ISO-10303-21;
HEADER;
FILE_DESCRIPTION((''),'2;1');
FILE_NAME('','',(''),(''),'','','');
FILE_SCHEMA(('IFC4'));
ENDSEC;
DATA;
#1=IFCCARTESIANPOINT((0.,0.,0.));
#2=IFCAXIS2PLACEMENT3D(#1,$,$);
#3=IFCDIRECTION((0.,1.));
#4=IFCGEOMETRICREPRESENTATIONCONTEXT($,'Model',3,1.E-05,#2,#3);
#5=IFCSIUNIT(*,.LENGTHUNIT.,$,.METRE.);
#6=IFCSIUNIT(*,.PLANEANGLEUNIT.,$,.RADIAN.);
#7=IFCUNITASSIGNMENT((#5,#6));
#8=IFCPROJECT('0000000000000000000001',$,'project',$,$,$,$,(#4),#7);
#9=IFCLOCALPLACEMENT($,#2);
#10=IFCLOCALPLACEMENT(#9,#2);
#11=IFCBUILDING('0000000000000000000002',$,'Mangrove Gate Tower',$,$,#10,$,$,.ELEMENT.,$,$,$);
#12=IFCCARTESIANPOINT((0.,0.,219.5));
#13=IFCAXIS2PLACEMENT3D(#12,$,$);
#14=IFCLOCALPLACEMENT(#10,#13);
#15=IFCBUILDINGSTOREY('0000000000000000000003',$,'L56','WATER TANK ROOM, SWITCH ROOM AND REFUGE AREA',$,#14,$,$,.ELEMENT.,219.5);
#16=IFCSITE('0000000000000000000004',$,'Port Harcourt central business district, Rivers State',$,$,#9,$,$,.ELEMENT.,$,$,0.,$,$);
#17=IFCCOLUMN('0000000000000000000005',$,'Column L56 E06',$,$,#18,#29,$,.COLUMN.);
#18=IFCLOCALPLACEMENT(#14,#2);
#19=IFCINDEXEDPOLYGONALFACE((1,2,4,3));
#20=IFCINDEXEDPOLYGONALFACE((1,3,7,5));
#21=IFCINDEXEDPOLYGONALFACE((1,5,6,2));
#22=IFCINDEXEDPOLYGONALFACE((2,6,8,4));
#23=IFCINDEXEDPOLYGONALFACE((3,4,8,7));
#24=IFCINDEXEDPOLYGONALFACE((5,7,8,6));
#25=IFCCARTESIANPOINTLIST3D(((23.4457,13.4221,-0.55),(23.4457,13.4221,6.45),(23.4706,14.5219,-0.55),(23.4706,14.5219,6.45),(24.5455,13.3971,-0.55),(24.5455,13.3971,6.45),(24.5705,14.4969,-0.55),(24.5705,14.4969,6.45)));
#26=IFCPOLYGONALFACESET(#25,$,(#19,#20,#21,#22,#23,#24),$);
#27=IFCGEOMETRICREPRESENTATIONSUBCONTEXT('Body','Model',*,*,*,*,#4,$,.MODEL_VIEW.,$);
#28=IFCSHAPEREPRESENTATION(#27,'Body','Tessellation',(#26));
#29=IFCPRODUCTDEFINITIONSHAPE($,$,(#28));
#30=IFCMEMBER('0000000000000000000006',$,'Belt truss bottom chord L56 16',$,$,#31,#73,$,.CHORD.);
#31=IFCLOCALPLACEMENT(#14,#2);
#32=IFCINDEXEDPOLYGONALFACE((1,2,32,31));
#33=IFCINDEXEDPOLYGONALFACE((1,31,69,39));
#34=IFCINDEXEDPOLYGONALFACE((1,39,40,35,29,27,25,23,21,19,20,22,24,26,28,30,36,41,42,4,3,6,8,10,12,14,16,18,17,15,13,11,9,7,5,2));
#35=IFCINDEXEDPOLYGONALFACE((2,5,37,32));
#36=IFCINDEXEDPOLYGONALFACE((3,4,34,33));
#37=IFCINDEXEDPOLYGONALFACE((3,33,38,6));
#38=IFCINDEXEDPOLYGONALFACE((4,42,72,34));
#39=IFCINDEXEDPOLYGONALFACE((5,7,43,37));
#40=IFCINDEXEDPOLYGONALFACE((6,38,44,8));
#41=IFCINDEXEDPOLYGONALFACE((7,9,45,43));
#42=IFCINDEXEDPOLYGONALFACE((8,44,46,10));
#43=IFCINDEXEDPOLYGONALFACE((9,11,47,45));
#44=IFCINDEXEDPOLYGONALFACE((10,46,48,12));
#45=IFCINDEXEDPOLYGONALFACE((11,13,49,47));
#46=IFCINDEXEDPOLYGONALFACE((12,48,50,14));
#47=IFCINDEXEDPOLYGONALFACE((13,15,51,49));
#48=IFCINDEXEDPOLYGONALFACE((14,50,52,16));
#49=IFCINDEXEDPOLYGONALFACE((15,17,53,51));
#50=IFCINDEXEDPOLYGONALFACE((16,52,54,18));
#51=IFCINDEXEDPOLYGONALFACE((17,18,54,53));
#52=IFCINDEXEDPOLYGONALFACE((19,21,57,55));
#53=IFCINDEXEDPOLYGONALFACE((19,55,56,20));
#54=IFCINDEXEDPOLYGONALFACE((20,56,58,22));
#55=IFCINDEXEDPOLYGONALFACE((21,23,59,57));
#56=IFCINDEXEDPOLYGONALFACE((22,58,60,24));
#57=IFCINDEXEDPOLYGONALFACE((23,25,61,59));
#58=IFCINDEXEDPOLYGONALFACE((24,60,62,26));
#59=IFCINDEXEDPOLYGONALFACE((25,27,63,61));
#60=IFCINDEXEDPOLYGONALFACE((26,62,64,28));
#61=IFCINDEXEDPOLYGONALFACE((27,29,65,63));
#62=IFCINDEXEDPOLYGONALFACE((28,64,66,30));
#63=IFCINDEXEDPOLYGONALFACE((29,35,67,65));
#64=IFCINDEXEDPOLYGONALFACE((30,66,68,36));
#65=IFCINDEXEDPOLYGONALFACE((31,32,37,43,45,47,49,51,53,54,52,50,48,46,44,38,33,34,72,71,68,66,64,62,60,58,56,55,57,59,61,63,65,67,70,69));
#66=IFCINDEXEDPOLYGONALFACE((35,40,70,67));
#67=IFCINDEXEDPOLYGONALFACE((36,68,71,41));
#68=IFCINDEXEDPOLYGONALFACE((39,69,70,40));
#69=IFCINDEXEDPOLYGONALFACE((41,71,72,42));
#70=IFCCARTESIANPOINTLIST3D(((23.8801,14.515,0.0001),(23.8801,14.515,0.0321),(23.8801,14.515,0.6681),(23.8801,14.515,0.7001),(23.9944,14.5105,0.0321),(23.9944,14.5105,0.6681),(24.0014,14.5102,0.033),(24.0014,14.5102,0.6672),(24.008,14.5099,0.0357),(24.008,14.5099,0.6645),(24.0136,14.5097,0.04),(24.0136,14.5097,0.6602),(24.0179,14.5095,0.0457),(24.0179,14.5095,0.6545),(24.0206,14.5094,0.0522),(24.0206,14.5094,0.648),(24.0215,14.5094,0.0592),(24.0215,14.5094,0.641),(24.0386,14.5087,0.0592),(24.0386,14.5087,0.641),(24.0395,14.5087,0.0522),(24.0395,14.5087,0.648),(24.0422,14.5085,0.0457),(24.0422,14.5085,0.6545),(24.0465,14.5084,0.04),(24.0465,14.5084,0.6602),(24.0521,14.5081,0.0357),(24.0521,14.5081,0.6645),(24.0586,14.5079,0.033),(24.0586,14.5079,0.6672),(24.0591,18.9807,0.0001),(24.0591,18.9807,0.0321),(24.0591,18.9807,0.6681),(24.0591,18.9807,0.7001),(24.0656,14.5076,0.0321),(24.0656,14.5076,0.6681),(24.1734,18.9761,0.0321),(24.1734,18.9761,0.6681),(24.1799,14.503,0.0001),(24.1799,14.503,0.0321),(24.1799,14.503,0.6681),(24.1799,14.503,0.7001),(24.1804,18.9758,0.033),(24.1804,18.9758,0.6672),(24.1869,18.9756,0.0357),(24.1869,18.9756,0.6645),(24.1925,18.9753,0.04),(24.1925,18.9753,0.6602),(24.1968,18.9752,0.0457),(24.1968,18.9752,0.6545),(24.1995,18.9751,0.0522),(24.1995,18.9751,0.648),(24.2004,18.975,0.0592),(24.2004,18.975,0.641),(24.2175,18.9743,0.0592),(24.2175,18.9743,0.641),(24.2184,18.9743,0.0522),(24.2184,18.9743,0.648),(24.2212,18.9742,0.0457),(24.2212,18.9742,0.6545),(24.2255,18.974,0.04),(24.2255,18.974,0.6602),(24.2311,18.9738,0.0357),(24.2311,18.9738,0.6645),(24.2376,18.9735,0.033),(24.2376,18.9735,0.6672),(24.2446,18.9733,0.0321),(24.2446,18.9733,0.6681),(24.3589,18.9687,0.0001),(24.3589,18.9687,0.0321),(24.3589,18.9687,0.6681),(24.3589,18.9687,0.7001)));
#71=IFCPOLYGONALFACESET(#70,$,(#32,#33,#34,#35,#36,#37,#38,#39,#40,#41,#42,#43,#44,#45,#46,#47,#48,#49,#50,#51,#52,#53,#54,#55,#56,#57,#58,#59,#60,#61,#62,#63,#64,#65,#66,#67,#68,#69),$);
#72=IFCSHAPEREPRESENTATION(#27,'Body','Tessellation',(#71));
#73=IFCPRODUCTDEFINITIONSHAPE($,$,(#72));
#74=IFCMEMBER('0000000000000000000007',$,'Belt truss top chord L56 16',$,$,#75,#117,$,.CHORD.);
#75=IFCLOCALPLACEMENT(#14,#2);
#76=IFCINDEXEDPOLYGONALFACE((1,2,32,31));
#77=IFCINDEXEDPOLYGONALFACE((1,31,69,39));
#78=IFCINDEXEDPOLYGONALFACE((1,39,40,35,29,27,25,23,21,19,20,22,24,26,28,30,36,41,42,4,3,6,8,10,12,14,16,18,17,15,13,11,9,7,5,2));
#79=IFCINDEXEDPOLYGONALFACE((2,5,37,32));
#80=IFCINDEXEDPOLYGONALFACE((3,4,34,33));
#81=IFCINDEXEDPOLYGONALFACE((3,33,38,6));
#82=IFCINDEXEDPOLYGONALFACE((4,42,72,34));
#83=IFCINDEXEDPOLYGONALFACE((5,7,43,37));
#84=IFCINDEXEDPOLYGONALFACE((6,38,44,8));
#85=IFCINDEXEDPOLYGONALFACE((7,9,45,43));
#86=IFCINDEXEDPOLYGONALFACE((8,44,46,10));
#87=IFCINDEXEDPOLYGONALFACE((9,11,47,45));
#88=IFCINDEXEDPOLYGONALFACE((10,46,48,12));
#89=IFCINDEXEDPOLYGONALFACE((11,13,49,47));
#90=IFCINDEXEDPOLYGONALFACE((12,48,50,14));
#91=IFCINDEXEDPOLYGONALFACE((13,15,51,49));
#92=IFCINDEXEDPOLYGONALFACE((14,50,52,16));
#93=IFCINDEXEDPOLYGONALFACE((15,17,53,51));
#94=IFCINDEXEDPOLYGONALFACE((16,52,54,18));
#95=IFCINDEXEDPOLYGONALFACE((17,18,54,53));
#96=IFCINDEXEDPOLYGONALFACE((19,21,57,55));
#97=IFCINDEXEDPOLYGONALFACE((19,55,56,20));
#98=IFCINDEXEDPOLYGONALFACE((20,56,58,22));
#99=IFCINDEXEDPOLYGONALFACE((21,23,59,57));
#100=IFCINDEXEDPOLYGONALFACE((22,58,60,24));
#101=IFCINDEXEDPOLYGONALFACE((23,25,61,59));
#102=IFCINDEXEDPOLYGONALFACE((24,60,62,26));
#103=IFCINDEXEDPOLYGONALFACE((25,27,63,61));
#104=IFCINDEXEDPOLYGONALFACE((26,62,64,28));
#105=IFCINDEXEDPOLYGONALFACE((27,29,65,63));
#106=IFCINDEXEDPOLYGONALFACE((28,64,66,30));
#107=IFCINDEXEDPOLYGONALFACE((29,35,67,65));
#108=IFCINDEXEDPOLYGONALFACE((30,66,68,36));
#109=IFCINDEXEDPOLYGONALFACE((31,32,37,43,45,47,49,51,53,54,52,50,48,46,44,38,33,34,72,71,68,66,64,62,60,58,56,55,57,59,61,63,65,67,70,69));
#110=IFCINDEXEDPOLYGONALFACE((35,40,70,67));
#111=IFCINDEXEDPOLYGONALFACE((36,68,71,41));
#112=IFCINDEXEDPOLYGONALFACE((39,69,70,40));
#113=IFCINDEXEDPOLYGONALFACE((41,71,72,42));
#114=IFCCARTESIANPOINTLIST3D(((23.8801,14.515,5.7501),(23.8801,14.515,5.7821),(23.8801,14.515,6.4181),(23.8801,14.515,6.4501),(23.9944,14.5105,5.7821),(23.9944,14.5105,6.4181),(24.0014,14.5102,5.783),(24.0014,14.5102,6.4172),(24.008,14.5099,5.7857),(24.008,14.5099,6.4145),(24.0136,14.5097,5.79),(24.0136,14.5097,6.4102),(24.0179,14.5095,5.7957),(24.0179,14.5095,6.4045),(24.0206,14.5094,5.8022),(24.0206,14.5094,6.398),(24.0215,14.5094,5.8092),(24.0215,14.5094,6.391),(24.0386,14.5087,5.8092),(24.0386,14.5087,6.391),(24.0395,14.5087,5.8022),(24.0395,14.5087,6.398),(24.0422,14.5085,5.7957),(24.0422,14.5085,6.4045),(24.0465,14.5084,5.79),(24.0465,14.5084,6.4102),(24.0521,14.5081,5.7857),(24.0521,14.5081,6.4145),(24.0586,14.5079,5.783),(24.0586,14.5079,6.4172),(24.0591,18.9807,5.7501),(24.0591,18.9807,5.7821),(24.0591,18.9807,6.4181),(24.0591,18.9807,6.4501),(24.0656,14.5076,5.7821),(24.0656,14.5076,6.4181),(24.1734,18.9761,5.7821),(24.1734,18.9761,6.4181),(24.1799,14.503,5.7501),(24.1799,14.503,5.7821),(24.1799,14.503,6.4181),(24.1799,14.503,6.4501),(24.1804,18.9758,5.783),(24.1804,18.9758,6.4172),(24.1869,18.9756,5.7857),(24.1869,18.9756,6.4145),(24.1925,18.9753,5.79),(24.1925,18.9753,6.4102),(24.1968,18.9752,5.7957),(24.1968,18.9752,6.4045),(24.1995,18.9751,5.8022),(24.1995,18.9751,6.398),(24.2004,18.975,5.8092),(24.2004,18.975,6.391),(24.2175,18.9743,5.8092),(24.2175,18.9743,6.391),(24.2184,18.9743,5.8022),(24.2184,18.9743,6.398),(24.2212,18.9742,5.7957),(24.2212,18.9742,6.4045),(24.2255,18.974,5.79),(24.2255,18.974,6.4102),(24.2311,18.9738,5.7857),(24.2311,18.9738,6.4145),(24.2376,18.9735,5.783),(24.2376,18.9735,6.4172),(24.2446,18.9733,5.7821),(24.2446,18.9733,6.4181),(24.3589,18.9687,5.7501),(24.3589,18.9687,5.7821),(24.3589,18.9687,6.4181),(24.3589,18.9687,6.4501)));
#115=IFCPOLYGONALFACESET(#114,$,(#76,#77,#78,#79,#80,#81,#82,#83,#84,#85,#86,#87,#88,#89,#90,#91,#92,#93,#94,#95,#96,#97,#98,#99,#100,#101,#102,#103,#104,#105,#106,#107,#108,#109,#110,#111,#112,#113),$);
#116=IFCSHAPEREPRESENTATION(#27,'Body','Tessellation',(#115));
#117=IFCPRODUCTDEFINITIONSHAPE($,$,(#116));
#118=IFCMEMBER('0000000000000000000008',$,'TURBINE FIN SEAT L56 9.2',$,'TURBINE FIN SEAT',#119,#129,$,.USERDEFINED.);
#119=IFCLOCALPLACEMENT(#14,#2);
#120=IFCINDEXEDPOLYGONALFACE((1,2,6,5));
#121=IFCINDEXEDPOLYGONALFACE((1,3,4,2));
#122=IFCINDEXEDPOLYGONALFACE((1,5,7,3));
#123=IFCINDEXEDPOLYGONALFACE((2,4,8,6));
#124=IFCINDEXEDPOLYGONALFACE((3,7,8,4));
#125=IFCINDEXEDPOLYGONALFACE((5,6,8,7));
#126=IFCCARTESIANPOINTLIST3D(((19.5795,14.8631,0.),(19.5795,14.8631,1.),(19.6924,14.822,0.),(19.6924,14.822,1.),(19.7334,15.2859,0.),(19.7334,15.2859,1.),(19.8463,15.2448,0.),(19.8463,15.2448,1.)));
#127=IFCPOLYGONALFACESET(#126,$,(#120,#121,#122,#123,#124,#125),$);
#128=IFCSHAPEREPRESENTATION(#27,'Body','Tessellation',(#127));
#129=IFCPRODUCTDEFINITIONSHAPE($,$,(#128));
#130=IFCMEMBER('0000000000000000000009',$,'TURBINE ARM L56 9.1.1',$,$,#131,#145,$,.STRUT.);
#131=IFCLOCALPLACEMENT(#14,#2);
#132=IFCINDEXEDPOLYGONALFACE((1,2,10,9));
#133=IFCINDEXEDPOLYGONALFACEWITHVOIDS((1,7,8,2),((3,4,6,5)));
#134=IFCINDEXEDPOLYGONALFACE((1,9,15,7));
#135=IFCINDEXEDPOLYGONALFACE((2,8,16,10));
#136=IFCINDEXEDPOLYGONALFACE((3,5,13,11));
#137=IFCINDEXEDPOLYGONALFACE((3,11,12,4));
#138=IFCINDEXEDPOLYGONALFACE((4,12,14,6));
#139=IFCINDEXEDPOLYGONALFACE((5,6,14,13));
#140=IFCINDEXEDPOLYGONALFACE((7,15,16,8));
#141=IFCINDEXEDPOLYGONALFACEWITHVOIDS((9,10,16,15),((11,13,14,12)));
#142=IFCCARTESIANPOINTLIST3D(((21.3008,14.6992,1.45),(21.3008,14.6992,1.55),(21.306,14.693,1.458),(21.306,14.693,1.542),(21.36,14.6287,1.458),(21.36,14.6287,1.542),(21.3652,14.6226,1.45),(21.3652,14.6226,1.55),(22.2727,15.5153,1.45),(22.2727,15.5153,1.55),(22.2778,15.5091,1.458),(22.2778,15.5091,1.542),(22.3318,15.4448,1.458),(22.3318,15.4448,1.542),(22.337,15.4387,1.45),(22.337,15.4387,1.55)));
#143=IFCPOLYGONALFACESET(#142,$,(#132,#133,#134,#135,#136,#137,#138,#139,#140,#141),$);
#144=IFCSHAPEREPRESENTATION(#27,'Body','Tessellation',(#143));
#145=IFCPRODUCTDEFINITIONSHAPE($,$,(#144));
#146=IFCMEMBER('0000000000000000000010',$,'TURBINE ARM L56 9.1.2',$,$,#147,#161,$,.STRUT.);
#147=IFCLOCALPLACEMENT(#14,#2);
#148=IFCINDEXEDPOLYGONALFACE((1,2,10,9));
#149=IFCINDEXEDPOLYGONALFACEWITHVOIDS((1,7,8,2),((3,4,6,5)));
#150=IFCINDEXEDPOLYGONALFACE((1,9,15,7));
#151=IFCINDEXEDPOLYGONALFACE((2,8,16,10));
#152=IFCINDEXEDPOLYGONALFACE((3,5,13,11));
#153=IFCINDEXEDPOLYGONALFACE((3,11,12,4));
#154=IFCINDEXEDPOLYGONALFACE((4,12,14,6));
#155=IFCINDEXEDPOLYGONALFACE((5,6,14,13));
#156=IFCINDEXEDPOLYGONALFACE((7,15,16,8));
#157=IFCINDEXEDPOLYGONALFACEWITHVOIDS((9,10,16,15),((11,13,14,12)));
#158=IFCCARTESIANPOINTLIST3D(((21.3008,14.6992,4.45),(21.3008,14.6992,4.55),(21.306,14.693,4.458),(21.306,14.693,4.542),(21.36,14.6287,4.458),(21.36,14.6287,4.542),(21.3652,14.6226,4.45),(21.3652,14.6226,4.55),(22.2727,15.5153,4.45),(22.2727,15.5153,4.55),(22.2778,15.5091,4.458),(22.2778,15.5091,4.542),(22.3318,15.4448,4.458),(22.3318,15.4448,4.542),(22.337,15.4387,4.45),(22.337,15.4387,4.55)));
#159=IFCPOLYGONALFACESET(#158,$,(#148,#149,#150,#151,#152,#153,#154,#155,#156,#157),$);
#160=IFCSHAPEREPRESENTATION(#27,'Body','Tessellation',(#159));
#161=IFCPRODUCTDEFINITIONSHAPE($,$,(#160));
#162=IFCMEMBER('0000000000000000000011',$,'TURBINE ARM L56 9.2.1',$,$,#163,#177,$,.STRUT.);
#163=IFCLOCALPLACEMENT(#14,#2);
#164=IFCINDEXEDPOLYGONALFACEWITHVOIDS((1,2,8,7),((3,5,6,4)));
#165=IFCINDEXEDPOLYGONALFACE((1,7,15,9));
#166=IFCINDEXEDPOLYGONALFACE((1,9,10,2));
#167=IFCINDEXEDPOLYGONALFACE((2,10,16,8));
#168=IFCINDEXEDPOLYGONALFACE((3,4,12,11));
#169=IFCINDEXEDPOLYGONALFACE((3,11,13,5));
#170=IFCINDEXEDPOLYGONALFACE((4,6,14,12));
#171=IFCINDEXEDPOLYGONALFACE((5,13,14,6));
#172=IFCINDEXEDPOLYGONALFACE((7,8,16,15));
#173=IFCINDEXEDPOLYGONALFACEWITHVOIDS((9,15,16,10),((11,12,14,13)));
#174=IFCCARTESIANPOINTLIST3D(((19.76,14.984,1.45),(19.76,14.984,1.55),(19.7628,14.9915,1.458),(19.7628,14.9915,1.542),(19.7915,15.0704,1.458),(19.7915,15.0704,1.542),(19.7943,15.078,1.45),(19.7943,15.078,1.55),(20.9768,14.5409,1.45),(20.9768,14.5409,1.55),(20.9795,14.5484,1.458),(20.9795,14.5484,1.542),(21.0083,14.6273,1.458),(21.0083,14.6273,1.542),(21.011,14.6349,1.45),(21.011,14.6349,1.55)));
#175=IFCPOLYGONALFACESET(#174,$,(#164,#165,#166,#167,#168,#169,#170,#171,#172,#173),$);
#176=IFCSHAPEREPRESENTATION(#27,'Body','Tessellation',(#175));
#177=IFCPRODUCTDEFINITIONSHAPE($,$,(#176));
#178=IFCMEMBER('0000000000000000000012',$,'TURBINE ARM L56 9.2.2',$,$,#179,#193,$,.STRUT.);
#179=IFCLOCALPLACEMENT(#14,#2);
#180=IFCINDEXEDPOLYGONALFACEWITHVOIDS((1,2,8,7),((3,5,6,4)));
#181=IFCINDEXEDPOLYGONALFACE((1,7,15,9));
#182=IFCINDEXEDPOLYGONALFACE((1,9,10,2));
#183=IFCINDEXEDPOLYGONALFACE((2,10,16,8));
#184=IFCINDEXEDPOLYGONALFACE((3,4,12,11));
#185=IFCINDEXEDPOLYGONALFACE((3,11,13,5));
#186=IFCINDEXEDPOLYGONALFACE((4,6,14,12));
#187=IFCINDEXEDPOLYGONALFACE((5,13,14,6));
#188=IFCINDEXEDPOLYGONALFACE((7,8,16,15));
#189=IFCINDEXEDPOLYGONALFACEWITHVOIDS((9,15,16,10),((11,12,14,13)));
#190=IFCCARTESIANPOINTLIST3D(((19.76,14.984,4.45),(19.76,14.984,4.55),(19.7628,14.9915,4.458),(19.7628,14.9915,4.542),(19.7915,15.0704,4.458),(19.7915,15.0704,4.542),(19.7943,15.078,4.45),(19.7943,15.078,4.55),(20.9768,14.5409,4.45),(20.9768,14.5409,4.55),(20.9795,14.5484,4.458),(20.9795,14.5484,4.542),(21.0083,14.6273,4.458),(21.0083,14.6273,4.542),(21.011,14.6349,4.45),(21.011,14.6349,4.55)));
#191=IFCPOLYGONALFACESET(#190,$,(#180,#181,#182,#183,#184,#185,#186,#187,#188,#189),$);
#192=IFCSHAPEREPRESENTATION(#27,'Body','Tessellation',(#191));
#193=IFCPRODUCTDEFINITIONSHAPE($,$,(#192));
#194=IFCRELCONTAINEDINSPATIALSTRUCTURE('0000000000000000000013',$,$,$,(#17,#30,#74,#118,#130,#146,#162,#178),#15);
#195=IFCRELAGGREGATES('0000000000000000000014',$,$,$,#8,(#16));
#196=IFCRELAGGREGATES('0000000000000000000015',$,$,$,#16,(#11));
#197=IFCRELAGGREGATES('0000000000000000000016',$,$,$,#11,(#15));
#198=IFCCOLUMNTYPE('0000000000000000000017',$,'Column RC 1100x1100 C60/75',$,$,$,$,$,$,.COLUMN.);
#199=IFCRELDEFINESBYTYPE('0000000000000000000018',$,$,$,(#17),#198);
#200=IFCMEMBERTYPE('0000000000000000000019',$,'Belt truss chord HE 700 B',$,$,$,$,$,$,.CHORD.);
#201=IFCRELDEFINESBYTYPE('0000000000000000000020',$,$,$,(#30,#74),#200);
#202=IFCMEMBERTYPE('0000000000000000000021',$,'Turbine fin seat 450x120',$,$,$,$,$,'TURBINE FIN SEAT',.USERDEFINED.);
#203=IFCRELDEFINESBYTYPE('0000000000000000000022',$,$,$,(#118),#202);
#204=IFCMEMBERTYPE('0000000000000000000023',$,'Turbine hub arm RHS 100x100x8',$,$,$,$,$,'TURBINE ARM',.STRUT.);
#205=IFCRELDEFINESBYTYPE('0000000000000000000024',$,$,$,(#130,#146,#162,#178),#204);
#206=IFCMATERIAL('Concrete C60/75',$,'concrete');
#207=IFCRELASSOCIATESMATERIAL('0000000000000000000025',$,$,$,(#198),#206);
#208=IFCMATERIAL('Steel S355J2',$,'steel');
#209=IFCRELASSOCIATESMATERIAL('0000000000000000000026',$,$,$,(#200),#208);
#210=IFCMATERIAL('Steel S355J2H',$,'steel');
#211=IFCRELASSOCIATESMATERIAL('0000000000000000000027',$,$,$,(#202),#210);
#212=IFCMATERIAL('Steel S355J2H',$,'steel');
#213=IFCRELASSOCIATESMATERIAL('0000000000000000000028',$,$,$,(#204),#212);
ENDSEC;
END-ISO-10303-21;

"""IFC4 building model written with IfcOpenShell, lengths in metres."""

from ifc_helpers import new_model, si_unit, direction, frame, origin, origin_2d, place, context, subcontext, project, spatial, rectangle, hollow_rectangle, i_section, extrude, material, material_profile, profile_set, type_object, element, save


model = new_model("IFC4")

# Units and contexts
model_context = context("Model", 3, precision=1e-05, world=origin(), true_north=direction((0.0, 1.0)))
body_context = subcontext(model_context, "Body", "Model", "MODEL_VIEW")
ifc_project = project(units=[si_unit("LENGTHUNIT", "METRE"), si_unit("PLANEANGLEUNIT", "RADIAN")], contexts=[model_context])

# Site, building, storey
site_placement = place(None, origin())
site = spatial("IfcSite", under=ifc_project, at=site_placement, Name="Port Harcourt central business district, Rivers State", CompositionType="ELEMENT", RefElevation=0.0)
building_placement = place(site_placement, origin())
building = spatial("IfcBuilding", under=site, at=building_placement, Name="Mangrove Gate Tower", CompositionType="ELEMENT")
storey_placement = place(building_placement, frame((0.0, 0.0, 219.5)))
storey = spatial("IfcBuildingStorey", under=building, at=storey_placement, Name="L56", Description="WATER TANK ROOM, SWITCH ROOM AND REFUGE AREA", CompositionType="ELEMENT", Elevation=219.5)

# Column
ifc_material_1 = material(Name="Concrete C60/75", Category="concrete")
ifc_material_profile_1 = material_profile(ifc_material_1, rectangle(XDim=1.1001, YDim=1.1001, at=origin_2d()))
ifc_profile_set_1 = profile_set([ifc_material_profile_1], Name="Concrete C60/75")
column_type = type_object("IfcColumnType", Name="Column RC 1100x1100 C60/75", PredefinedType="COLUMN", material=ifc_profile_set_1)
column_placement = place(storey_placement, frame((24.0081, 13.9595, -0.55), z_axis=(0.0, 0.0, 1.0), x_axis=(0.022704, 0.999742, 0.0)))
element("IfcColumn", 1, at=column_placement, inside=storey, type_object=column_type, Name="Column L56 E06", PredefinedType="COLUMN", context=body_context, shape_type="SweptSolid", body=[
    extrude(rectangle(XDim=1.1001, YDim=1.1001, at=origin_2d()), origin(), (0.0, 0.0, 1.0), 7.0),
])

# Members
ifc_material_2 = material(Name="Steel S355J2", Category="steel")
ifc_material_profile_2 = material_profile(ifc_material_2, i_section(OverallWidth=0.3, OverallDepth=0.7, WebThickness=0.0171, FlangeThickness=0.032, FilletRadius=0.0271, at=origin_2d()))
ifc_profile_set_2 = profile_set([ifc_material_profile_2], Name="Steel S355J2")
member_type_1 = type_object("IfcMemberType", Name="Belt truss chord HE 700 B", PredefinedType="CHORD", material=ifc_profile_set_2)
for number, where, z_axis, x_axis, name in (
    (2, (24.03, 14.509, 0.3501), (0.040042, 0.999198, 0.0), (-0.999198, 0.040042, 0.0), "Belt truss bottom chord L56 16"),
    (3, (24.03, 14.509, 6.1001), (0.040042, 0.999198, 0.0), (-0.999198, 0.040042, 0.0), "Belt truss top chord L56 16"),
):
    element("IfcMember", number, at=place(storey_placement, frame(where, z_axis=z_axis, x_axis=x_axis)), inside=storey, type_object=member_type_1, Name=name, PredefinedType="CHORD", context=body_context, shape_type="SweptSolid", body=[
        extrude(i_section(OverallWidth=0.3, OverallDepth=0.7, WebThickness=0.0171, FlangeThickness=0.032, FilletRadius=0.0271, at=origin_2d()), origin(), (0.0, 0.0, 1.0), 4.4692),
    ])
ifc_material_3 = material(Name="Steel S355J2H", Category="steel")
ifc_material_profile_3 = material_profile(ifc_material_3, rectangle(XDim=0.45, YDim=0.1201, at=origin_2d()))
ifc_profile_set_3 = profile_set([ifc_material_profile_3], Name="Steel S355J2H")
member_type_2 = type_object("IfcMemberType", Name="Turbine fin seat 450x120", ElementType="TURBINE FIN SEAT", PredefinedType="USERDEFINED", material=ifc_profile_set_3)
member_1_placement = place(storey_placement, frame((19.7129, 15.054, 0.0), z_axis=(0.0, 0.0, 1.0), x_axis=(-0.34202, -0.939693, 0.0)))
element("IfcMember", 4, at=member_1_placement, inside=storey, type_object=member_type_2, Name="TURBINE FIN SEAT L56 9.2", ObjectType="TURBINE FIN SEAT", PredefinedType="USERDEFINED", context=body_context, shape_type="SweptSolid", body=[
    extrude(rectangle(XDim=0.45, YDim=0.1201, at=origin_2d()), origin(), (0.0, 0.0, 1.0), 1.0),
])
ifc_material_4 = material(Name="Steel S355J2H", Category="steel")
ifc_material_profile_4 = material_profile(ifc_material_4, hollow_rectangle(XDim=0.1001, YDim=0.1001, WallThickness=0.0081, at=origin_2d()))
ifc_profile_set_4 = profile_set([ifc_material_profile_4], Name="Steel S355J2H")
member_type_3 = type_object("IfcMemberType", Name="Turbine hub arm RHS 100x100x8", ElementType="TURBINE ARM", PredefinedType="STRUT", material=ifc_profile_set_4)
for number, where, z_axis, x_axis, name in (
    (5, (21.333, 14.6609, 1.5), (0.765803, 0.643075, 0.0), (-0.643075, 0.765803, 0.0), "TURBINE ARM L56 9.1.1"),
    (6, (21.333, 14.6609, 4.5), (0.765803, 0.643075, 0.0), (-0.643075, 0.765803, 0.0), "TURBINE ARM L56 9.1.2"),
):
    element("IfcMember", number, at=place(storey_placement, frame(where, z_axis=z_axis, x_axis=x_axis)), inside=storey, type_object=member_type_3, Name=name, PredefinedType="STRUT", context=body_context, shape_type="SweptSolid", body=[
        extrude(hollow_rectangle(XDim=0.1001, YDim=0.1001, WallThickness=0.0081, at=origin_2d()), origin(), (0.0, 0.0, 1.0), 1.269),
    ])
for number, where, z_axis, x_axis, name in (
    (7, (20.9939, 14.5879, 1.5), (-0.939634, 0.342182, 0.0), (-0.342182, -0.939634, 0.0), "TURBINE ARM L56 9.2.1"),
    (8, (20.9939, 14.5879, 4.5), (-0.939634, 0.342182, 0.0), (-0.342182, -0.939634, 0.0), "TURBINE ARM L56 9.2.2"),
):
    element("IfcMember", number, at=place(storey_placement, frame(where, z_axis=z_axis, x_axis=x_axis)), inside=storey, type_object=member_type_3, Name=name, PredefinedType="STRUT", context=body_context, shape_type="SweptSolid", body=[
        extrude(hollow_rectangle(XDim=0.1001, YDim=0.1001, WallThickness=0.0081, at=origin_2d()), origin(), (0.0, 0.0, 1.0), 1.2949),
    ])

save(model, "model.ifc")
